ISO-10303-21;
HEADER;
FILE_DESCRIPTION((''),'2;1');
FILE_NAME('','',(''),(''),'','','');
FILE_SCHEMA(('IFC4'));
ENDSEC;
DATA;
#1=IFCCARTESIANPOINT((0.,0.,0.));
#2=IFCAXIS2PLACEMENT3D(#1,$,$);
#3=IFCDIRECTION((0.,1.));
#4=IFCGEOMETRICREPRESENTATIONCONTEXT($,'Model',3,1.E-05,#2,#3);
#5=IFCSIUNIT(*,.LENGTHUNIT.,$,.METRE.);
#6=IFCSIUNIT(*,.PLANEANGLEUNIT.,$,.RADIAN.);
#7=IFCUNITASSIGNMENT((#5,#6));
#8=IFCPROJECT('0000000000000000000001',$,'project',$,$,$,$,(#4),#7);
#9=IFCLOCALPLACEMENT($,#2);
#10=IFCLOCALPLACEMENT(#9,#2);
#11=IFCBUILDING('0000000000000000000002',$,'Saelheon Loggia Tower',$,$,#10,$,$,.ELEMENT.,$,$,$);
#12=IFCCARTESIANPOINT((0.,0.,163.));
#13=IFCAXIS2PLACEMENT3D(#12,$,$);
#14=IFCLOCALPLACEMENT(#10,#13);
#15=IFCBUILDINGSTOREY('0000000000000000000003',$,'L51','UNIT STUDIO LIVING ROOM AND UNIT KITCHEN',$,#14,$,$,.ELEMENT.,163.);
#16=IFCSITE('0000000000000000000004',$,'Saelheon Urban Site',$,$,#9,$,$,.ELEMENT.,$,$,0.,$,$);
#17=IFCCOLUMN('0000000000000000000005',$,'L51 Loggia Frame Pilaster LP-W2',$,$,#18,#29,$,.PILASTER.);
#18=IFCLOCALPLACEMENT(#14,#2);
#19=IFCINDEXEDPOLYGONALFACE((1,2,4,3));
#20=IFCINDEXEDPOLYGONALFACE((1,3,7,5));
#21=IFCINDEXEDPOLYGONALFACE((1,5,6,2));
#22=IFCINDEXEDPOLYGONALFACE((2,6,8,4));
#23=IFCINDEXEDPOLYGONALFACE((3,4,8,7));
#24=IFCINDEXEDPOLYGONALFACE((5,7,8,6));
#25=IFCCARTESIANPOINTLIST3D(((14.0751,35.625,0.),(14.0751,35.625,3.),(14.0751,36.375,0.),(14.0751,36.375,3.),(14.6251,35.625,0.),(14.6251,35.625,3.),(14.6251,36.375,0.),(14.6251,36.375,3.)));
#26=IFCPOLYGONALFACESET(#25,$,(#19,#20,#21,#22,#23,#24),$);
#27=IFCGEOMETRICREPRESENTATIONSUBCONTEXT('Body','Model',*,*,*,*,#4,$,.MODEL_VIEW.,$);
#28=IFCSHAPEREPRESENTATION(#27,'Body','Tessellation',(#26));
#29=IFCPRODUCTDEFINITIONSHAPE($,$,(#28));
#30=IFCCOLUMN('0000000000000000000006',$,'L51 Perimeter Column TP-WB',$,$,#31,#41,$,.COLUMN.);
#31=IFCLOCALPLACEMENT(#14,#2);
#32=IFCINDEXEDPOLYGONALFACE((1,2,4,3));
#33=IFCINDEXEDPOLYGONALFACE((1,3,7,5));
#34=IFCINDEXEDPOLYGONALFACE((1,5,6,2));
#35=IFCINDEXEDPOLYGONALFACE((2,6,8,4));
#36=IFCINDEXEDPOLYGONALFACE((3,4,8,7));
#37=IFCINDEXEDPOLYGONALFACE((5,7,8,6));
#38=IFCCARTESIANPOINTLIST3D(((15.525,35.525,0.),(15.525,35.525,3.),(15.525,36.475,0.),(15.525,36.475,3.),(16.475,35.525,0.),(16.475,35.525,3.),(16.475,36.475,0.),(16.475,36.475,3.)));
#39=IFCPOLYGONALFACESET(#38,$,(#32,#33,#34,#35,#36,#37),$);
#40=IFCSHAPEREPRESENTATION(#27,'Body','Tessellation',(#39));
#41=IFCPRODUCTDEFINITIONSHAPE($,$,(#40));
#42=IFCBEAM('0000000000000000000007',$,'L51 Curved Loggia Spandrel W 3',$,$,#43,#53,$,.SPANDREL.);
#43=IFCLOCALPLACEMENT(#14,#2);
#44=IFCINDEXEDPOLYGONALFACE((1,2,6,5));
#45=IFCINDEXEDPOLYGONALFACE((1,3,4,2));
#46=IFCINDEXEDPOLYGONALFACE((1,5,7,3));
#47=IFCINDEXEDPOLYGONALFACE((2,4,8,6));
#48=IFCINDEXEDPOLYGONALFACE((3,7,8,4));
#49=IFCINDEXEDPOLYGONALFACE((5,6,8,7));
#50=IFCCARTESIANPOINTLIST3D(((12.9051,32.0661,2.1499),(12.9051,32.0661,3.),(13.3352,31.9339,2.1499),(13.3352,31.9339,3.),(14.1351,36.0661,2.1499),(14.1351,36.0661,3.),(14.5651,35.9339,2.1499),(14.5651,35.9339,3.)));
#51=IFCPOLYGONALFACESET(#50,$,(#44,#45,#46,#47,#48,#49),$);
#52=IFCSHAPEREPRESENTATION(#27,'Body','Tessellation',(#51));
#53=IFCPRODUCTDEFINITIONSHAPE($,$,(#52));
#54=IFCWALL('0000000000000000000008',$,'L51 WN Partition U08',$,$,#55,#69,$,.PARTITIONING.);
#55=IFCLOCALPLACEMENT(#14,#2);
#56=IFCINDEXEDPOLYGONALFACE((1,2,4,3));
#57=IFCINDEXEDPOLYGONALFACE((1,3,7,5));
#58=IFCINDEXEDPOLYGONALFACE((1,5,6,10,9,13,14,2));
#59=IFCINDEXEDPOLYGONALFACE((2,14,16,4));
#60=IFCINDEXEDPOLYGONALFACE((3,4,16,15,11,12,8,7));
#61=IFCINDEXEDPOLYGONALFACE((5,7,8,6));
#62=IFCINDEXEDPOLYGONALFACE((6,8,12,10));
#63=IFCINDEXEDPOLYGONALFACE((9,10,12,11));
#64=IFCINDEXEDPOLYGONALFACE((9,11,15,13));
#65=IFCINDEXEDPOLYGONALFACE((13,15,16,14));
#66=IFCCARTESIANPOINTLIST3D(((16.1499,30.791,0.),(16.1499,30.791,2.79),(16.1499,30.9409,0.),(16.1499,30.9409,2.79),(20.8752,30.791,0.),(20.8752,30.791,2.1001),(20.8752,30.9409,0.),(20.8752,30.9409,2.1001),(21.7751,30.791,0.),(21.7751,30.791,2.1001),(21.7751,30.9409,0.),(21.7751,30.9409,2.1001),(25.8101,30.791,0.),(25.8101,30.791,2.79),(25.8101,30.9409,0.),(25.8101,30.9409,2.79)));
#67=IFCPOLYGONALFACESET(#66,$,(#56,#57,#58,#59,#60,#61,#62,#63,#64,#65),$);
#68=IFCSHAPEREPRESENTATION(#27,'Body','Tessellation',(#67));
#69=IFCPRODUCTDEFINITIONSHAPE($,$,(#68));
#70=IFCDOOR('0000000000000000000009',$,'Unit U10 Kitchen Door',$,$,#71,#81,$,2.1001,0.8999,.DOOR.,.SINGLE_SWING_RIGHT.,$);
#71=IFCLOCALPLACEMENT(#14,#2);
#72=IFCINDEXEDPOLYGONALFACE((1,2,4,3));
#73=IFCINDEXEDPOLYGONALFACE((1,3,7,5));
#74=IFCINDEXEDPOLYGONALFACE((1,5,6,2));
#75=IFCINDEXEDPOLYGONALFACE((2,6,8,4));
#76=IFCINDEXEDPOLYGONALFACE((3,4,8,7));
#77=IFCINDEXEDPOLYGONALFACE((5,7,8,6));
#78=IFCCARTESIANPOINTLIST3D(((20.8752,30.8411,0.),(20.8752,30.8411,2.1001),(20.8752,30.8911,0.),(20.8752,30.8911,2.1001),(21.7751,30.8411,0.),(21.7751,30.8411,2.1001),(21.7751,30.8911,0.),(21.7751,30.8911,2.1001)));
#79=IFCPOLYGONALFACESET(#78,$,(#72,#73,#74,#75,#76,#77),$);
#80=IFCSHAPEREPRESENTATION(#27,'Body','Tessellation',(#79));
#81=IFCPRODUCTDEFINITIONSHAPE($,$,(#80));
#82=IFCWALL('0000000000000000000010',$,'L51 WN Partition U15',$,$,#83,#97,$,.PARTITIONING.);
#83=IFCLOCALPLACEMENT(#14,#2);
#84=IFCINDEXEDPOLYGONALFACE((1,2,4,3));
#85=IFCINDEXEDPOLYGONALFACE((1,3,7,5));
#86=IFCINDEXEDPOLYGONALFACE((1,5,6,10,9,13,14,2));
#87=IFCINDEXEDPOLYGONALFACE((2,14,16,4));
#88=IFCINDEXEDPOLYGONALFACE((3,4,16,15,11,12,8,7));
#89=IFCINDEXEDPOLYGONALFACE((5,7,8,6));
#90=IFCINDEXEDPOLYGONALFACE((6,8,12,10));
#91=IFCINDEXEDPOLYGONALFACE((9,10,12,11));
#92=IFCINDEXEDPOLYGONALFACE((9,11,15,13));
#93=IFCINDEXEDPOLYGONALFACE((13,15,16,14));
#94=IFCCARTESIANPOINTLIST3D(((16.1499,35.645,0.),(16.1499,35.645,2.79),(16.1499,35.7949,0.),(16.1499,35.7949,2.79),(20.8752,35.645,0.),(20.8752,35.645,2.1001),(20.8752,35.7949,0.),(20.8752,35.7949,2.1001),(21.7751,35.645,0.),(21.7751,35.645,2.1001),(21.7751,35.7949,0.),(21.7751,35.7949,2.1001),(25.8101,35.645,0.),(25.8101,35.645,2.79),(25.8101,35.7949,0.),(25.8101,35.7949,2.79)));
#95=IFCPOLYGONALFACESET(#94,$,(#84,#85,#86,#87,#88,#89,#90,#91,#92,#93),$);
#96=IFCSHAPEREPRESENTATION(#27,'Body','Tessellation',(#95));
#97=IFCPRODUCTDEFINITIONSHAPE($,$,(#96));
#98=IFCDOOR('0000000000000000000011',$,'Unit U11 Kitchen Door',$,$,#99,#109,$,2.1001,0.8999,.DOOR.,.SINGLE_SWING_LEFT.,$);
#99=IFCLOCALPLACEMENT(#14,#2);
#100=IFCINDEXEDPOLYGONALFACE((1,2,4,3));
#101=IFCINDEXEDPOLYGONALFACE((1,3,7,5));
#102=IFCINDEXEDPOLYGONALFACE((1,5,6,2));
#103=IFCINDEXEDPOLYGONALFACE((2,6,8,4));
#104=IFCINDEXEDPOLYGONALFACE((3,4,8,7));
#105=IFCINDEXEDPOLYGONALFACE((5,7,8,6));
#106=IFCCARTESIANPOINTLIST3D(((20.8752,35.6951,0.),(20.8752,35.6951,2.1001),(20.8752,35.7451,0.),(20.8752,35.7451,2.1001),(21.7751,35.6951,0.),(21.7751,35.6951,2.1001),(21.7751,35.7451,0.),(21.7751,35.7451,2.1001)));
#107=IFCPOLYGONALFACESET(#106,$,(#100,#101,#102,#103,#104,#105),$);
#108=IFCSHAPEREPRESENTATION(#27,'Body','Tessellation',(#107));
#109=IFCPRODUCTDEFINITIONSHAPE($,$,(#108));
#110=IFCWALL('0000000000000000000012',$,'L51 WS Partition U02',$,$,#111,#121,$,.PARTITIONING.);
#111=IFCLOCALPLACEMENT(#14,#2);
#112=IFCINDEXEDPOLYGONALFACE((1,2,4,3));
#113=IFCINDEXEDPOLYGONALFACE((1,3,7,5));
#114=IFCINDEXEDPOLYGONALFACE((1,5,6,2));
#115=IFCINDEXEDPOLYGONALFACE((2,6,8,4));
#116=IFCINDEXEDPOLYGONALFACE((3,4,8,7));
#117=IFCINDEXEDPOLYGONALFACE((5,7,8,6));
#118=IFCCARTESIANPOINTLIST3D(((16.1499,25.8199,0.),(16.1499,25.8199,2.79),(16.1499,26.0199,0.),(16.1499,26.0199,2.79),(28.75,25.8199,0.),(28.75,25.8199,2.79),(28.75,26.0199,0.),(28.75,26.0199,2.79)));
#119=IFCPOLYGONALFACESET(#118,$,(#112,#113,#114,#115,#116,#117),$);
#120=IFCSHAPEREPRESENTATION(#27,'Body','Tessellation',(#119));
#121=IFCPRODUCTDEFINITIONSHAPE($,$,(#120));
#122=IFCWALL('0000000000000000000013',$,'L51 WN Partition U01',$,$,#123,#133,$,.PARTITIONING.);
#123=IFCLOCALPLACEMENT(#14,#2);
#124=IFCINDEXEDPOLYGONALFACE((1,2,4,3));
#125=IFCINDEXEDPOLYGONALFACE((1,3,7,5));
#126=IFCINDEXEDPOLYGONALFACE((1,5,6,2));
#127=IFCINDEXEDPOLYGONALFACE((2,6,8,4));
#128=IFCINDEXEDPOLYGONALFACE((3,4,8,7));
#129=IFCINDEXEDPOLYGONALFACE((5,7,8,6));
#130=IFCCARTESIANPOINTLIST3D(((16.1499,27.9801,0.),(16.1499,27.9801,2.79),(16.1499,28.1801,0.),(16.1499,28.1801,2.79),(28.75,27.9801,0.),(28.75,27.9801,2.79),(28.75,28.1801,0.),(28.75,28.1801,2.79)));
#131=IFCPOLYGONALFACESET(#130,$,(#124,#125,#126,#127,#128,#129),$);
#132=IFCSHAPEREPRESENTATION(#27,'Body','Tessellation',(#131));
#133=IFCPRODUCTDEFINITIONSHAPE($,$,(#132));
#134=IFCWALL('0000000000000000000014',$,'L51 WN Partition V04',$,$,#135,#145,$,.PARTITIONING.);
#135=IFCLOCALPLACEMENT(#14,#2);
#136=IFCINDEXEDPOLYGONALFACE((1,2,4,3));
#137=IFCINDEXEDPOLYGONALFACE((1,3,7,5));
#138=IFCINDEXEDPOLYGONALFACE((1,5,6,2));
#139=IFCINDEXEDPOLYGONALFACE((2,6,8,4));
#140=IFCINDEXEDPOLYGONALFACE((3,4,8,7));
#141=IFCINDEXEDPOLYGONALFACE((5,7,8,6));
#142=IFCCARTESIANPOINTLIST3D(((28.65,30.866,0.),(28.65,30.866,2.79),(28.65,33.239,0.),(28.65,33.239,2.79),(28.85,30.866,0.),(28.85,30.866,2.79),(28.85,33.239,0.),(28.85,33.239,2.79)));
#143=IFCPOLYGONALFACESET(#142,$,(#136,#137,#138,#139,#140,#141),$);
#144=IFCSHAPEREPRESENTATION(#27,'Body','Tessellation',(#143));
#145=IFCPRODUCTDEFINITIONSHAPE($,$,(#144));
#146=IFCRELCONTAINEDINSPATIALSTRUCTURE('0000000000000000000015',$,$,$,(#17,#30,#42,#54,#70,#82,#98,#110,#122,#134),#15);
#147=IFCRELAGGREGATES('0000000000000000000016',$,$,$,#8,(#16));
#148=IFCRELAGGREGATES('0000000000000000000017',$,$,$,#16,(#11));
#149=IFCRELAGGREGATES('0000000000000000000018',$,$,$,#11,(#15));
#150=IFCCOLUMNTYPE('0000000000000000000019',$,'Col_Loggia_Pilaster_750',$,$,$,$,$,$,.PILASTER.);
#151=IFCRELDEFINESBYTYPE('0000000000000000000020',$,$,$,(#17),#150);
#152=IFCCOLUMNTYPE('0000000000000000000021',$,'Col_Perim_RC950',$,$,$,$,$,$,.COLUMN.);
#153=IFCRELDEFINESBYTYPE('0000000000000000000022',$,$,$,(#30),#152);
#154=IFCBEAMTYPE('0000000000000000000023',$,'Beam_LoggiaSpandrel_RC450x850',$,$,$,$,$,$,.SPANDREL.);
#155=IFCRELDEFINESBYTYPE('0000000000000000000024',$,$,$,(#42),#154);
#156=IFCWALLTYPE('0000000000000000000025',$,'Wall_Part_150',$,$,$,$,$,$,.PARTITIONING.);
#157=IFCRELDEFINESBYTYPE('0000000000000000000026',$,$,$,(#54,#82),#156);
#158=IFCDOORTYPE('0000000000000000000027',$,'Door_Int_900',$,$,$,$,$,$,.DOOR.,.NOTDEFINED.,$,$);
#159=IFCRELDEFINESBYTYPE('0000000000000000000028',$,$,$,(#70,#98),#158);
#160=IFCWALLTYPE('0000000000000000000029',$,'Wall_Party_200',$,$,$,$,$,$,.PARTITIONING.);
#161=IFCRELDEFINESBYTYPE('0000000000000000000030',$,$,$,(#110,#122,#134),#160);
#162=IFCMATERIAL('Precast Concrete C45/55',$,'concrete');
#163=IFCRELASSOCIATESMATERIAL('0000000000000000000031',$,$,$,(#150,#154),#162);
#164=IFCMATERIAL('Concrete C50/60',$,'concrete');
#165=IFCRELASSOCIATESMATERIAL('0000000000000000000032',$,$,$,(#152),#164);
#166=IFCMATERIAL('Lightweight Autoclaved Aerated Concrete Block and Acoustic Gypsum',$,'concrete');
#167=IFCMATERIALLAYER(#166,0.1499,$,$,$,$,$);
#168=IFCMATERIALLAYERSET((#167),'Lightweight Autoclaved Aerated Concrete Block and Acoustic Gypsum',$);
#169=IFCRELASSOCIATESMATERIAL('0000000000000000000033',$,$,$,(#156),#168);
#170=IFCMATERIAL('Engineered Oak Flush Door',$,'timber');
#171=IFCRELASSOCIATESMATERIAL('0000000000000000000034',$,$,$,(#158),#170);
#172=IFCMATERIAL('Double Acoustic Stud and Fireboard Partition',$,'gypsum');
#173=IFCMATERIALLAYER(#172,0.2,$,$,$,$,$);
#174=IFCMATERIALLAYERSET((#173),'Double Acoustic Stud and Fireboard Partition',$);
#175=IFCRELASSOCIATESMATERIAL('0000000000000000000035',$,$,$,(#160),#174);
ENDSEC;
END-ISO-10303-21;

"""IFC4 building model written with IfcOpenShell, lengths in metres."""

from ifc_helpers import new_model, si_unit, direction, frame, frame_2d, origin, origin_2d, place, context, subcontext, project, spatial, rectangle, extrude, source, transform, mapped, material, layer, layer_set, material_profile, profile_set, type_object, element, fill, save


model = new_model("IFC4")

# Units and contexts
model_context = context("Model", 3, precision=1e-05, world=origin(), true_north=direction((0.0, 1.0)))
body_context = subcontext(model_context, "Body", "Model", "MODEL_VIEW")
ifc_project = project(units=[si_unit("LENGTHUNIT", "METRE"), si_unit("PLANEANGLEUNIT", "RADIAN")], contexts=[model_context])

# Site, building, storey
site_placement = place(None, origin())
site = spatial("IfcSite", under=ifc_project, at=site_placement, Name="Saelheon Urban Site", CompositionType="ELEMENT", RefElevation=0.0)
building_placement = place(site_placement, origin())
building = spatial("IfcBuilding", under=site, at=building_placement, Name="Saelheon Loggia Tower", CompositionType="ELEMENT")
storey_placement = place(building_placement, frame((0.0, 0.0, 163.0)))
storey = spatial("IfcBuildingStorey", under=building, at=storey_placement, Name="L51", Description="UNIT STUDIO LIVING ROOM AND UNIT KITCHEN", CompositionType="ELEMENT", Elevation=163.0)

# Columns
ifc_material_1 = material(Name="Precast Concrete C45/55", Category="concrete")
ifc_material_profile_1 = material_profile(ifc_material_1, rectangle(XDim=0.55, YDim=0.75, at=origin_2d()), Name="RC-550x750")
ifc_profile_set_1 = profile_set([ifc_material_profile_1], Name="Precast Concrete C45/55")
column_type_1 = type_object("IfcColumnType", Name="Col_Loggia_Pilaster_750", PredefinedType="PILASTER", material=ifc_profile_set_1)
shared_shape_1 = source(origin(), body_context, "Body", "SweptSolid", [
    extrude(rectangle(XDim=0.55, YDim=0.75, at=origin_2d()), origin(), (0.0, 0.0, 1.0), 3.0),
])
column_1_placement = place(storey_placement, frame((14.3501, 36.0, 0.0), z_axis=(0.0, 0.0, 1.0), x_axis=(1.0, 0.0, 0.0)))
element("IfcColumn", 1, at=column_1_placement, inside=storey, type_object=column_type_1, Name="L51 Loggia Frame Pilaster LP-W2", PredefinedType="PILASTER", context=body_context, shape_type="MappedRepresentation", body=[
    mapped(shared_shape_1, transform((0.0, 0.0, 0.0), scale=1.0)),
])
ifc_material_2 = material(Name="Concrete C50/60", Category="concrete")
ifc_material_profile_2 = material_profile(ifc_material_2, rectangle(XDim=0.95, YDim=0.95, at=origin_2d()), Name="RC-950x950")
ifc_profile_set_2 = profile_set([ifc_material_profile_2], Name="Concrete C50/60")
column_type_2 = type_object("IfcColumnType", Name="Col_Perim_RC950", PredefinedType="COLUMN", material=ifc_profile_set_2)
shared_shape_2 = source(origin(), body_context, "Body", "SweptSolid", [
    extrude(rectangle(XDim=0.95, YDim=0.95, at=origin_2d()), origin(), (0.0, 0.0, 1.0), 3.0),
])
column_2_placement = place(storey_placement, frame((16.0, 36.0, 0.0), z_axis=(0.0, 0.0, 1.0), x_axis=(1.0, 0.0, 0.0)))
element("IfcColumn", 2, at=column_2_placement, inside=storey, type_object=column_type_2, Name="L51 Perimeter Column TP-WB", PredefinedType="COLUMN", context=body_context, shape_type="MappedRepresentation", body=[
    mapped(shared_shape_2, transform((0.0, 0.0, 0.0), scale=1.0)),
])

# Beam
ifc_material_profile_3 = material_profile(ifc_material_1, rectangle(XDim=0.45, YDim=0.8501, at=origin_2d()), Name="RC-450x850")
ifc_profile_set_3 = profile_set([ifc_material_profile_3], Name="Precast Concrete C45/55")
beam_type = type_object("IfcBeamType", Name="Beam_LoggiaSpandrel_RC450x850", PredefinedType="SPANDREL", material=ifc_profile_set_3)
shared_shape_3 = source(origin(), body_context, "Body", "SweptSolid", [
    extrude(rectangle(XDim=0.45, YDim=0.8501, at=origin_2d()), origin(), (0.0, 0.0, 1.0), 4.1848),
])
beam_placement = place(storey_placement, frame((13.1201, 32.0, 2.575), z_axis=(0.293914, 0.955832, 0.0), x_axis=(-0.955832, 0.293914, 0.0)))
element("IfcBeam", 3, at=beam_placement, inside=storey, type_object=beam_type, Name="L51 Curved Loggia Spandrel W 3", PredefinedType="SPANDREL", context=body_context, shape_type="MappedRepresentation", body=[
    mapped(shared_shape_3, transform((0.0, 0.0, 0.0), scale=1.0)),
])

# Walls, openings, doors
ifc_material_3 = material(Name="Lightweight Autoclaved Aerated Concrete Block and Acoustic Gypsum", Category="concrete")
ifc_layer_1 = layer(ifc_material_3, 0.1499)
ifc_layer_set_1 = layer_set([ifc_layer_1], Name="Lightweight Autoclaved Aerated Concrete Block and Acoustic Gypsum")
wall_type_1 = type_object("IfcWallType", Name="Wall_Part_150", PredefinedType="PARTITIONING", material=ifc_layer_set_1)
wall_1_placement = place(storey_placement, frame((25.8101, 30.866, 0.0), z_axis=(0.0, 0.0, 1.0), x_axis=(-1.0, 0.0, 0.0)))
wall_1 = element("IfcWall", 4, at=wall_1_placement, inside=storey, type_object=wall_type_1, Name="L51 WN Partition U08", PredefinedType="PARTITIONING", context=body_context, shape_type="SweptSolid", body=[
    extrude(rectangle(XDim=9.6602, YDim=0.1499, at=frame_2d((4.8301, 0.0))), origin(), (0.0, 0.0, 1.0), 2.79),
])
opening_1_placement = place(wall_1_placement, frame((4.0349, 0.0, 0.0)))
opening_1 = element("IfcOpeningElement", 5, at=opening_1_placement, cuts=wall_1, PredefinedType="OPENING", context=body_context, shape_type="SweptSolid", body=[
    extrude(rectangle(XDim=0.8999, YDim=2.1001, at=frame_2d((0.45, 1.05))), frame((0.0, 0.0869, 0.0), z_axis=(0.0, -1.0, 0.0), x_axis=(1.0, 0.0, 0.0)), (0.0, 0.0, 1.0), 0.1738),
])
ifc_material_4 = material(Name="Engineered Oak Flush Door", Category="timber")
door_type_1 = type_object("IfcDoorType", Name="Door_Int_900", OperationType="NOTDEFINED", PredefinedType="DOOR", material=ifc_material_4)
shared_shape_4 = source(origin(), body_context, "Body", "SweptSolid", [
    extrude(rectangle(XDim=0.8999, YDim=2.1001, at=frame_2d((0.45, 1.05))), frame((0.0, 0.0249, 0.0), z_axis=(0.0, -1.0, 0.0), x_axis=(1.0, 0.0, 0.0)), (0.0, 0.0, 1.0), 0.05),
])
door_1_placement = place(opening_1_placement, origin())
door_1 = element("IfcDoor", 6, at=door_1_placement, inside=storey, type_object=door_type_1, Name="Unit U10 Kitchen Door", OperationType="SINGLE_SWING_RIGHT", OverallHeight=2.1001, OverallWidth=0.8999, PredefinedType="DOOR", context=body_context, shape_type="MappedRepresentation", body=[
    mapped(shared_shape_4, transform((0.0, 0.0, 0.0), scale=1.0)),
])
fill(opening_1, door_1)
wall_2_placement = place(storey_placement, frame((25.8101, 35.72, 0.0), z_axis=(0.0, 0.0, 1.0), x_axis=(-1.0, 0.0, 0.0)))
wall_2 = element("IfcWall", 7, at=wall_2_placement, inside=storey, type_object=wall_type_1, Name="L51 WN Partition U15", PredefinedType="PARTITIONING", context=body_context, shape_type="SweptSolid", body=[
    extrude(rectangle(XDim=9.6602, YDim=0.1499, at=frame_2d((4.8301, 0.0))), origin(), (0.0, 0.0, 1.0), 2.79),
])
opening_2_placement = place(wall_2_placement, frame((4.0349, 0.0, 0.0)))
opening_2 = element("IfcOpeningElement", 8, at=opening_2_placement, cuts=wall_2, PredefinedType="OPENING", context=body_context, shape_type="SweptSolid", body=[
    extrude(rectangle(XDim=0.8999, YDim=2.1001, at=frame_2d((0.45, 1.05))), frame((0.0, 0.0869, 0.0), z_axis=(0.0, -1.0, 0.0), x_axis=(1.0, 0.0, 0.0)), (0.0, 0.0, 1.0), 0.1738),
])
door_2_placement = place(opening_2_placement, origin())
door_2 = element("IfcDoor", 9, at=door_2_placement, inside=storey, type_object=door_type_1, Name="Unit U11 Kitchen Door", OperationType="SINGLE_SWING_LEFT", OverallHeight=2.1001, OverallWidth=0.8999, PredefinedType="DOOR", context=body_context, shape_type="MappedRepresentation", body=[
    mapped(shared_shape_4, transform((0.0, 0.0, 0.0), scale=1.0)),
])
fill(opening_2, door_2)

# Wall
ifc_material_5 = material(Name="Double Acoustic Stud and Fireboard Partition", Category="gypsum")
ifc_layer_2 = layer(ifc_material_5, 0.2)
ifc_layer_set_2 = layer_set([ifc_layer_2], Name="Double Acoustic Stud and Fireboard Partition")
wall_type_2 = type_object("IfcWallType", Name="Wall_Party_200", PredefinedType="PARTITIONING", material=ifc_layer_set_2)
wall_3_placement = place(storey_placement, frame((28.75, 25.9199, 0.0), z_axis=(0.0, 0.0, 1.0), x_axis=(-1.0, 0.0, 0.0)))
element("IfcWall", 10, at=wall_3_placement, inside=storey, type_object=wall_type_2, Name="L51 WS Partition U02", PredefinedType="PARTITIONING", context=body_context, shape_type="SweptSolid", body=[
    extrude(rectangle(XDim=12.6001, YDim=0.2, at=frame_2d((6.3, 0.0))), origin(), (0.0, 0.0, 1.0), 2.79),
])

# Wall
wall_4_placement = place(storey_placement, frame((28.75, 28.0801, 0.0), z_axis=(0.0, 0.0, 1.0), x_axis=(-1.0, 0.0, 0.0)))
element("IfcWall", 11, at=wall_4_placement, inside=storey, type_object=wall_type_2, Name="L51 WN Partition U01", PredefinedType="PARTITIONING", context=body_context, shape_type="SweptSolid", body=[
    extrude(rectangle(XDim=12.6001, YDim=0.2, at=frame_2d((6.3, 0.0))), origin(), (0.0, 0.0, 1.0), 2.79),
])

# Wall
wall_5_placement = place(storey_placement, frame((28.75, 30.866, 0.0), z_axis=(0.0, 0.0, 1.0), x_axis=(0.0, 1.0, 0.0)))
element("IfcWall", 12, at=wall_5_placement, inside=storey, type_object=wall_type_2, Name="L51 WN Partition V04", PredefinedType="PARTITIONING", context=body_context, shape_type="SweptSolid", body=[
    extrude(rectangle(XDim=2.373, YDim=0.2, at=frame_2d((1.1865, 0.0))), origin(), (0.0, 0.0, 1.0), 2.79),
])

save(model, "model.ifc")
